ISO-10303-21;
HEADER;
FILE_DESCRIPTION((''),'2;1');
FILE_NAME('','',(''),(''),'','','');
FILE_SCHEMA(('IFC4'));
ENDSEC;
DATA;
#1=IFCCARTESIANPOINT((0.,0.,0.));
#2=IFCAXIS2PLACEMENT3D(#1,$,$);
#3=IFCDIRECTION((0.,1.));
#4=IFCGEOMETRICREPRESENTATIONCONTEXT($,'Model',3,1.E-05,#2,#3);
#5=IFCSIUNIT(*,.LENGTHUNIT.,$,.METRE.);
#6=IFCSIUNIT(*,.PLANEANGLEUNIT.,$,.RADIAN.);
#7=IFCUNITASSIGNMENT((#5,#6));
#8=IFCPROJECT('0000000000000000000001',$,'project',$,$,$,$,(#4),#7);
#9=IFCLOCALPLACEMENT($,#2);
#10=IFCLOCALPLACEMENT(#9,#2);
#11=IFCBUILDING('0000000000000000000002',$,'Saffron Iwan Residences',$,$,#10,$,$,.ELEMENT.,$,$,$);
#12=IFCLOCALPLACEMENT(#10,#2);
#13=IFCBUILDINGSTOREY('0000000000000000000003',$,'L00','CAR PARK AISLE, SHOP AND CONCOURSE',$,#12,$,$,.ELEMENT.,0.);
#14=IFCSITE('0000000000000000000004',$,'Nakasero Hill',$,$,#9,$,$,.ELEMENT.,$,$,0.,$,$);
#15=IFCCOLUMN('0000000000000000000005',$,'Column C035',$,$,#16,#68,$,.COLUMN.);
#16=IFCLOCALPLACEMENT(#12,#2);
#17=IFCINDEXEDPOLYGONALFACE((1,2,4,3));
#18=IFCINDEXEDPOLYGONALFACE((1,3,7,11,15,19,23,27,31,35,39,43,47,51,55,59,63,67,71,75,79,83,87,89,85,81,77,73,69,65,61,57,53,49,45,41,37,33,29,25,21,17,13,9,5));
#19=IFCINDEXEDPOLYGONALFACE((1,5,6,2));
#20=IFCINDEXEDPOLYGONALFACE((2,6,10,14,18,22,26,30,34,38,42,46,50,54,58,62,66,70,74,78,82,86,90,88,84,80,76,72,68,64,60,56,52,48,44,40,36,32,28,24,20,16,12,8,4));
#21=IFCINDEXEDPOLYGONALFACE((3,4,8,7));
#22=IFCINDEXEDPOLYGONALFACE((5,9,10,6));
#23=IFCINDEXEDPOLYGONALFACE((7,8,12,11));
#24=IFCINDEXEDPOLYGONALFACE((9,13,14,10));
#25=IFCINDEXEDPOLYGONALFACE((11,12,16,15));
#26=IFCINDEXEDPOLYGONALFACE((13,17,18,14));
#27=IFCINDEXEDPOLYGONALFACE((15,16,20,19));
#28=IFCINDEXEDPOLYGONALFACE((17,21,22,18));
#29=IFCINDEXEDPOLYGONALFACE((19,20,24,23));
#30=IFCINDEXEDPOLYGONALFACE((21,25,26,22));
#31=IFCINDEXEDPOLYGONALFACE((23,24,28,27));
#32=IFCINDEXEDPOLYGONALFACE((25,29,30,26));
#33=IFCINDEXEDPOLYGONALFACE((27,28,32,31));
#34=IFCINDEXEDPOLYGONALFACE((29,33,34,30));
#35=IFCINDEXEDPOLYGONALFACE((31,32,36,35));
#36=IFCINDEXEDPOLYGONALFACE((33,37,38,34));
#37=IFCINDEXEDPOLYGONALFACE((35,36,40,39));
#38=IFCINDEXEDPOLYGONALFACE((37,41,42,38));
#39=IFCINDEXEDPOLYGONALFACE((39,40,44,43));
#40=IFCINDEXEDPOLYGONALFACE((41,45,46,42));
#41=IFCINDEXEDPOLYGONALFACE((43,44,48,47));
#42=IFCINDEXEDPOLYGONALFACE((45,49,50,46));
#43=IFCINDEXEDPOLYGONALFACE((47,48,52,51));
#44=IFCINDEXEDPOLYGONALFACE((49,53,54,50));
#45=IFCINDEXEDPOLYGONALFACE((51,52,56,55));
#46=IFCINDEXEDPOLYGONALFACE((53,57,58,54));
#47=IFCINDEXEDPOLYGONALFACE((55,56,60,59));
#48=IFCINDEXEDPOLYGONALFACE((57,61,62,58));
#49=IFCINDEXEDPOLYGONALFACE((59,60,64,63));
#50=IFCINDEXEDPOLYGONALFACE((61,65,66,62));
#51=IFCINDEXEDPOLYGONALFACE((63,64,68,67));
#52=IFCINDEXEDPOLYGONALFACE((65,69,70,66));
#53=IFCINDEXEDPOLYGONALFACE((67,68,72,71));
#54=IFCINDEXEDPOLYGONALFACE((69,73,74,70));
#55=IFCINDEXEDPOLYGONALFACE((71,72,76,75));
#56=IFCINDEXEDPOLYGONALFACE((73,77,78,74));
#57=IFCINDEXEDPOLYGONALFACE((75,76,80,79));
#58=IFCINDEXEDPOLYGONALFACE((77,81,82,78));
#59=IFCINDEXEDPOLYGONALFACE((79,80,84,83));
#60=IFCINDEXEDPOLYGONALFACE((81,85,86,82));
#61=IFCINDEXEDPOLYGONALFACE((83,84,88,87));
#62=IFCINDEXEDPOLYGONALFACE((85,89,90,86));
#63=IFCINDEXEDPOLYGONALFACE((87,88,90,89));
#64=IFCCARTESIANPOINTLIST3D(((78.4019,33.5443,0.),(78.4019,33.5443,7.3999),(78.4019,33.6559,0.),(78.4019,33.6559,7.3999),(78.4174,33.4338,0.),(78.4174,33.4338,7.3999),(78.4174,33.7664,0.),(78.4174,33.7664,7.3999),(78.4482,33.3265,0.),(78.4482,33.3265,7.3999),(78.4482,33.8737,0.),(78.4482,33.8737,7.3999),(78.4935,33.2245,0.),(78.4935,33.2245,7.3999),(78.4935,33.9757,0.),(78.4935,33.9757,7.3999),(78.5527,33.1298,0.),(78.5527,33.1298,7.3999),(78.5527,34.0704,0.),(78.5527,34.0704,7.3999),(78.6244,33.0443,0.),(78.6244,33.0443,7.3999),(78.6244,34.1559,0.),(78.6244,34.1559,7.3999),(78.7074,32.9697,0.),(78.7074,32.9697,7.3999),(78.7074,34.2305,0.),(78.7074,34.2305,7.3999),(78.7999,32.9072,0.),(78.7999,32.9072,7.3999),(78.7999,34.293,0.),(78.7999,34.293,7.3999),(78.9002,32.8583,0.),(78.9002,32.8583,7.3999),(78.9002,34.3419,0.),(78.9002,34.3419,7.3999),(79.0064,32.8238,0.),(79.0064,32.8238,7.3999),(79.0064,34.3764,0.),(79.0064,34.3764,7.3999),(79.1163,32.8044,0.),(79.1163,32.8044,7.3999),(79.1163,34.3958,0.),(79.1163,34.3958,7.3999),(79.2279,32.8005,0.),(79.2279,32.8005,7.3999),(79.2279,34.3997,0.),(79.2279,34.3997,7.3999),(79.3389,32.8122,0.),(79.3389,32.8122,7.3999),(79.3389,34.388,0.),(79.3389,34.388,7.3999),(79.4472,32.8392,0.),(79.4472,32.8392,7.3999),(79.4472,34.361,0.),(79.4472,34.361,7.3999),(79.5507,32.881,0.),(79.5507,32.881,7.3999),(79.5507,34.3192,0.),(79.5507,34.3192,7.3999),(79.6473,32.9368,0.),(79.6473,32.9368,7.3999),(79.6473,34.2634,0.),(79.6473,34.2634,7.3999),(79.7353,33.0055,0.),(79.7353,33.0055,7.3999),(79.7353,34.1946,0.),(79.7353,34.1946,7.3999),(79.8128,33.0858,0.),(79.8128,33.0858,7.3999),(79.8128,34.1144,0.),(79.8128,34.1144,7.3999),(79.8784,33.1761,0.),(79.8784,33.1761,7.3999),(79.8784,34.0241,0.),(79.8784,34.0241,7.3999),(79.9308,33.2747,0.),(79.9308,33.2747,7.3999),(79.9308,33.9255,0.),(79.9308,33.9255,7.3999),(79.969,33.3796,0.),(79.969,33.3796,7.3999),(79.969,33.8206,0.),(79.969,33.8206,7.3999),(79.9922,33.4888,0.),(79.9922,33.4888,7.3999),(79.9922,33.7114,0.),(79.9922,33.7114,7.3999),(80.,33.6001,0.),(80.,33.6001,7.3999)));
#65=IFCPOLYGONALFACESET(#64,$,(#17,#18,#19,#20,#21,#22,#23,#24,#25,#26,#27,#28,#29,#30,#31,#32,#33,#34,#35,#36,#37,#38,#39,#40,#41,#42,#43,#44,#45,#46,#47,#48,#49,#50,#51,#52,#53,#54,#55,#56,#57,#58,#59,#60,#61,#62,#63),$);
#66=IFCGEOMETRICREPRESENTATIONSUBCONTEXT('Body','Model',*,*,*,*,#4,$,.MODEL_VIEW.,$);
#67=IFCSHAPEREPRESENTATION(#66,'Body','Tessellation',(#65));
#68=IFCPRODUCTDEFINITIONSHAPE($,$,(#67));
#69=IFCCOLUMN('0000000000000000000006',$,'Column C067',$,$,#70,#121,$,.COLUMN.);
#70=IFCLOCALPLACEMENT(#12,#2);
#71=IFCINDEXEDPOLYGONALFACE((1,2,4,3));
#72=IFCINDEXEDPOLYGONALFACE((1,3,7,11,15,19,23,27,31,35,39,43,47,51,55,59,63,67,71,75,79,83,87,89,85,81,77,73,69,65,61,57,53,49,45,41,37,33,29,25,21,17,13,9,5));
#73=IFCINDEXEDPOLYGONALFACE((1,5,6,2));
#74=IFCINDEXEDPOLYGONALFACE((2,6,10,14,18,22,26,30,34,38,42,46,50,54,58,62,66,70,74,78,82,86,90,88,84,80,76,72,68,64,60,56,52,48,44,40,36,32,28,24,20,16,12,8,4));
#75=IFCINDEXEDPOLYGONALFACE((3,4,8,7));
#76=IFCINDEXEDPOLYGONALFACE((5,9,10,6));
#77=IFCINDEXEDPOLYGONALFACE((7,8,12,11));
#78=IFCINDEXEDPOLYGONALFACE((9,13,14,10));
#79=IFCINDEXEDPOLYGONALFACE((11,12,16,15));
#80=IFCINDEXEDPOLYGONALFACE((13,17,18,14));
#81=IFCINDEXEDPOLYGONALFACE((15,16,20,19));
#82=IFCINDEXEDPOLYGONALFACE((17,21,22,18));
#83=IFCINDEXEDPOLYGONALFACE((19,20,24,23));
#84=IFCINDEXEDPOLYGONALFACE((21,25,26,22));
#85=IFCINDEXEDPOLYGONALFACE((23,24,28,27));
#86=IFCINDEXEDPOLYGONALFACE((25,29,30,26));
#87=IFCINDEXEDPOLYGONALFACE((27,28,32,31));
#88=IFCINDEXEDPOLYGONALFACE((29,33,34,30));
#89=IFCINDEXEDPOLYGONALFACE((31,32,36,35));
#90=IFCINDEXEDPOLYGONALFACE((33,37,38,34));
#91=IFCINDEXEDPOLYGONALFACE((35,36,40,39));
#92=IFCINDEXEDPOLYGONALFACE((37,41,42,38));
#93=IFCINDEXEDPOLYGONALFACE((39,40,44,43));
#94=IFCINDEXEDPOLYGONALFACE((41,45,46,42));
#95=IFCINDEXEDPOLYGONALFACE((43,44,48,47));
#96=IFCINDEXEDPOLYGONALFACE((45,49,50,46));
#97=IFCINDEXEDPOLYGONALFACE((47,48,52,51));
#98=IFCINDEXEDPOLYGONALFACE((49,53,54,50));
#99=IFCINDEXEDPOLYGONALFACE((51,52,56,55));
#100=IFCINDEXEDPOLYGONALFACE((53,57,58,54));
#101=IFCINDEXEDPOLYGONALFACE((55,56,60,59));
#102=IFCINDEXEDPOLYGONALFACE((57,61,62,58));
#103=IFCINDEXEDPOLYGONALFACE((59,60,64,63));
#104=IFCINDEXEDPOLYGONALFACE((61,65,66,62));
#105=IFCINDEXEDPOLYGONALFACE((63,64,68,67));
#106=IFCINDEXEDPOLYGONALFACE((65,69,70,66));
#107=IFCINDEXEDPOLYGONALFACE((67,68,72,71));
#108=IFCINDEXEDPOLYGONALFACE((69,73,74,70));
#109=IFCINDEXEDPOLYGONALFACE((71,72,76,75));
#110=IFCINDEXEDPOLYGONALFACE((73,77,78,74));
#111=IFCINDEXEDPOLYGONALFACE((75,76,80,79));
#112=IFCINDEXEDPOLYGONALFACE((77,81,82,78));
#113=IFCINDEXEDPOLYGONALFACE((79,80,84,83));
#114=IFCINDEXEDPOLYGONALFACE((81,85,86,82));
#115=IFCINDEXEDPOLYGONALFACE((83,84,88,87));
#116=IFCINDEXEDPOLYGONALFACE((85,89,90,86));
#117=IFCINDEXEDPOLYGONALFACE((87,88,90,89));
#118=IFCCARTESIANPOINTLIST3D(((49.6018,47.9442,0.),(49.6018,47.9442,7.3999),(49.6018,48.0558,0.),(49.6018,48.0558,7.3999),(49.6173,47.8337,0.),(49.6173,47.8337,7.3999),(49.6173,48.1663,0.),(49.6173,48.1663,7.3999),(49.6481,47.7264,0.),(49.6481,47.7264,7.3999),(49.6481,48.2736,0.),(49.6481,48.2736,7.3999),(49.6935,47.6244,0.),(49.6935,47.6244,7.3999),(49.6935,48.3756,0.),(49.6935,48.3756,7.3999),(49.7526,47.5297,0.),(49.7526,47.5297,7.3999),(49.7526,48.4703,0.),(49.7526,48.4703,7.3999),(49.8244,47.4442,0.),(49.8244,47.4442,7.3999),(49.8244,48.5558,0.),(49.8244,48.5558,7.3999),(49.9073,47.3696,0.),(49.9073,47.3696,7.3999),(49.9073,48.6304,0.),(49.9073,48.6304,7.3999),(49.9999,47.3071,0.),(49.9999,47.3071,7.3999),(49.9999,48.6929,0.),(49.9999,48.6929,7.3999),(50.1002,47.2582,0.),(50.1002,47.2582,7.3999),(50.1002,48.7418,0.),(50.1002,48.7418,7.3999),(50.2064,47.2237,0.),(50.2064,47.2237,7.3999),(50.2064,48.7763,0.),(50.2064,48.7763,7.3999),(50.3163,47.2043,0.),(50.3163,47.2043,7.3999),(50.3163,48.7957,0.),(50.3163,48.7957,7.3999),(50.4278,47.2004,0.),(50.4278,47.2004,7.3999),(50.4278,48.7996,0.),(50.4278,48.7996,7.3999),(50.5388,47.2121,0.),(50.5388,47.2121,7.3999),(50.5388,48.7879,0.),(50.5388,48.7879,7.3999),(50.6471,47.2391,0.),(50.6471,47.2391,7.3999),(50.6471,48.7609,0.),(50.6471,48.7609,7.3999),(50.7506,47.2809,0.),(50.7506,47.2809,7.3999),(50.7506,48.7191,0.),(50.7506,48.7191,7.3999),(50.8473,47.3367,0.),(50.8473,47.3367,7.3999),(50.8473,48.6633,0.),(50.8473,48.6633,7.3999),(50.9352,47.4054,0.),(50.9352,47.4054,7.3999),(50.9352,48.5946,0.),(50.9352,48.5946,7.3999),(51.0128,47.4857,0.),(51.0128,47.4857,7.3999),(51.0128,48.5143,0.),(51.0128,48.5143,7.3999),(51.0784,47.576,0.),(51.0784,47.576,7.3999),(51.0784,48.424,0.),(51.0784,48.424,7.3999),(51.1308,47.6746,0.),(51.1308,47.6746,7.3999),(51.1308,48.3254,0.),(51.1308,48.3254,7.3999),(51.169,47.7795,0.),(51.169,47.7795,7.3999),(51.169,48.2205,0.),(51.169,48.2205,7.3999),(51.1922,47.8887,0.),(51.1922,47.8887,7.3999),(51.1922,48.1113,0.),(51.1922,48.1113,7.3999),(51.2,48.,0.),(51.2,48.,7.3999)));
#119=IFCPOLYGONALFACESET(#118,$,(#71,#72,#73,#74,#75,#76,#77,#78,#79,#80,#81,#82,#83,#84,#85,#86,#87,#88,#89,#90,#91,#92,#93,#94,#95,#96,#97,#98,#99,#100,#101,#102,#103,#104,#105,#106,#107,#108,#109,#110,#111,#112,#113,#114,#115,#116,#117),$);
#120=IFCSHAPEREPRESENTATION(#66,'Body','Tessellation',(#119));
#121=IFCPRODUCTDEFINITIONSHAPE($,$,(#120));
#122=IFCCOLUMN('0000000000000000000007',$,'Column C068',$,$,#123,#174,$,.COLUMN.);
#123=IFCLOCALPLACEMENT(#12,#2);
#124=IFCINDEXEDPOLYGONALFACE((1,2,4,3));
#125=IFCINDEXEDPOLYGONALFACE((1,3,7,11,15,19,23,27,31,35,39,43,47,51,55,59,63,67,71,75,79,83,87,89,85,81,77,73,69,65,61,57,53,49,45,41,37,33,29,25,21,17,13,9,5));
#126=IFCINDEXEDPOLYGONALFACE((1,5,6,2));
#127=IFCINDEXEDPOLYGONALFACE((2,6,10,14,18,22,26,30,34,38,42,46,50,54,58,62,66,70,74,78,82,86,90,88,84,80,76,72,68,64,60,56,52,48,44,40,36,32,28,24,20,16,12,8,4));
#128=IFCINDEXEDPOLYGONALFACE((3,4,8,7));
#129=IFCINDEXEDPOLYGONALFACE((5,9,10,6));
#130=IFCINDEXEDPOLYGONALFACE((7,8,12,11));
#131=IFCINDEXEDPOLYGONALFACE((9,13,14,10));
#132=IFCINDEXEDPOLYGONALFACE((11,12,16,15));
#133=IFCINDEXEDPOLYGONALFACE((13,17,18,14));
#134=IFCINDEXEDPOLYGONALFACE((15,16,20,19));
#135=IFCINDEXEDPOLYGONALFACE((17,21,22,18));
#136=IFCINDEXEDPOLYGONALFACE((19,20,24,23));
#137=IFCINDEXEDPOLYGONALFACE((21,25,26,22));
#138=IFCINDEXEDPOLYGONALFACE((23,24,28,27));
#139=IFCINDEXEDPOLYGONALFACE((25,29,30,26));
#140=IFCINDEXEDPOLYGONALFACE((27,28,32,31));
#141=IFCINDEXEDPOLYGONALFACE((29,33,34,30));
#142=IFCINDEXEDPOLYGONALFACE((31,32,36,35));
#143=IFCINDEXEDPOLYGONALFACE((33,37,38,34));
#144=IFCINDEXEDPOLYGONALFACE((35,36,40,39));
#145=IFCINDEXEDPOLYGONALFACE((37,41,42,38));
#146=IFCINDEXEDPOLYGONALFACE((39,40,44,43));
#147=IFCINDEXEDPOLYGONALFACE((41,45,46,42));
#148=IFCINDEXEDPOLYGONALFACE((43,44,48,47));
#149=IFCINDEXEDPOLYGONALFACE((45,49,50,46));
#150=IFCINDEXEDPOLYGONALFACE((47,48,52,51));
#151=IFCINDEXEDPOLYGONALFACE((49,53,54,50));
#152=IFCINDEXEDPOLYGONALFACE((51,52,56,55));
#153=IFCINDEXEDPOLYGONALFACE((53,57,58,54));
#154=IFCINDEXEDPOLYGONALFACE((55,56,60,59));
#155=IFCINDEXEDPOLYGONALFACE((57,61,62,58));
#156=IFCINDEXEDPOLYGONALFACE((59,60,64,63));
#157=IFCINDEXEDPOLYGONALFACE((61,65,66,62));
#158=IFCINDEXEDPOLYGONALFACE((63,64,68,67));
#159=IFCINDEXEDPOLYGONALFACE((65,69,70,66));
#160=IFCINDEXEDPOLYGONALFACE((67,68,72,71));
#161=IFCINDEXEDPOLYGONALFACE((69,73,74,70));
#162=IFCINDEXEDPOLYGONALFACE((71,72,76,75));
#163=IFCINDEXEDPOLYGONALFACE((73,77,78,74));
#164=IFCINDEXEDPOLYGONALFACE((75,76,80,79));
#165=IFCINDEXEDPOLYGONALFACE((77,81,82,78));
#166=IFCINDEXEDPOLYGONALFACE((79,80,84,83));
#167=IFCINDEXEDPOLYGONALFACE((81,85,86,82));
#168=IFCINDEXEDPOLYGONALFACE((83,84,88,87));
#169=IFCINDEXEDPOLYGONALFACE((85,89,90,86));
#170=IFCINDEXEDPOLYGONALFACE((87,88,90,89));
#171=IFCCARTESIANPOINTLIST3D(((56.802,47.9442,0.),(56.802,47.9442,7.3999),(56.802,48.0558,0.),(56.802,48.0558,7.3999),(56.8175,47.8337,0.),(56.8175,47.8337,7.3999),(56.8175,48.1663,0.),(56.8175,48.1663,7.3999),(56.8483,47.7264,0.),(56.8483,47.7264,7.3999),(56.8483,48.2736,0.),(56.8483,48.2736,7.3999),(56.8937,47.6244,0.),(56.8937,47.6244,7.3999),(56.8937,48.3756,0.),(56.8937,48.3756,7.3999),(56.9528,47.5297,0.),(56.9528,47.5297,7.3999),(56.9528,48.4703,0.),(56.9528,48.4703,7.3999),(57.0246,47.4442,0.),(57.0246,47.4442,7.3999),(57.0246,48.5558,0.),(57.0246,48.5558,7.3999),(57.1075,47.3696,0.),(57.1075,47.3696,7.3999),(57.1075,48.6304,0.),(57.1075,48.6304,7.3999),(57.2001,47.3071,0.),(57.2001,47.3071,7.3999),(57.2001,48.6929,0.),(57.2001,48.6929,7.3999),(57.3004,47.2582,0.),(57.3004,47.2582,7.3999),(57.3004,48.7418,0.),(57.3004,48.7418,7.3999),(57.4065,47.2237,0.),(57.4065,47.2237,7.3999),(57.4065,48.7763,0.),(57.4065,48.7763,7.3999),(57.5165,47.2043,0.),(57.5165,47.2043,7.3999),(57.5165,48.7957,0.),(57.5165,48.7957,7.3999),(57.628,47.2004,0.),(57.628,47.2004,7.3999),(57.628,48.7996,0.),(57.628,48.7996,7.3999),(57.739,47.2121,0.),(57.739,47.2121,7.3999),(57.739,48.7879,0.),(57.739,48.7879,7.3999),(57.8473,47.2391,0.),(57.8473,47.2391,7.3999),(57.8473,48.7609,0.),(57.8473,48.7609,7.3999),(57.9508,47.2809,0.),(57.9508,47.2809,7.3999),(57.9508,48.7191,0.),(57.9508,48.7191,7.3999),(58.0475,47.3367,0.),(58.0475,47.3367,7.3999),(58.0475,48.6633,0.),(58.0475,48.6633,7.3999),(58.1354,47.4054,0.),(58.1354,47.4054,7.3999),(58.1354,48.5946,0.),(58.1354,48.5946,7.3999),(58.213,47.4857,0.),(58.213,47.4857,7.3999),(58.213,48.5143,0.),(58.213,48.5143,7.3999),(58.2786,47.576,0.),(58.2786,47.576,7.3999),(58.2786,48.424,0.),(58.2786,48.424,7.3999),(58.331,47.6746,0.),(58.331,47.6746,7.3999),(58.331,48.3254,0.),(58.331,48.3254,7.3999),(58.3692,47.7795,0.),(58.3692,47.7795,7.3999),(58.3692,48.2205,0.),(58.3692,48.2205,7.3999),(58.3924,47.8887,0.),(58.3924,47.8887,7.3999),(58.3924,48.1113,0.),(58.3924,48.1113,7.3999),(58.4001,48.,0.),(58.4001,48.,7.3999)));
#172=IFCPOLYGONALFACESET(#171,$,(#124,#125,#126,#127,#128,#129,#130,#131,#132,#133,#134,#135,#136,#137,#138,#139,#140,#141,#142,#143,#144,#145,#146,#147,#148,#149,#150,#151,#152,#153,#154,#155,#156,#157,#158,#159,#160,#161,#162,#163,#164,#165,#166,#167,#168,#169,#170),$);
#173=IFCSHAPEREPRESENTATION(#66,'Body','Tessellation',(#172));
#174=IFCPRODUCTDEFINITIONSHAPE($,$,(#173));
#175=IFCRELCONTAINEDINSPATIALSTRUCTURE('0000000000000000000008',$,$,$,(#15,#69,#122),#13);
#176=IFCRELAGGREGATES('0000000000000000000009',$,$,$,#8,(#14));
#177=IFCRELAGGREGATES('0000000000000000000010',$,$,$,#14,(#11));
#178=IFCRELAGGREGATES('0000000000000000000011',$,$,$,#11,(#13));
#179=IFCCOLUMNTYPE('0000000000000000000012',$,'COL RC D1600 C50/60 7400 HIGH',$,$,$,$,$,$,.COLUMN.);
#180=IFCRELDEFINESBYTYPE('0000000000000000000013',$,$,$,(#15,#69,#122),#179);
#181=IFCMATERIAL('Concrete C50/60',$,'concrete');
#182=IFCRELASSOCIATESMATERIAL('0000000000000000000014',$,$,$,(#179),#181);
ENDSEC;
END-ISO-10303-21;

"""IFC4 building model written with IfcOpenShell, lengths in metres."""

from ifc_helpers import new_model, si_unit, direction, frame, origin, origin_2d, place, context, subcontext, project, spatial, circle, extrude, source, transform, mapped, material, material_profile, profile_set, type_object, element, save


model = new_model("IFC4")

# Units and contexts
model_context = context("Model", 3, precision=1e-05, world=origin(), true_north=direction((0.0, 1.0)))
body_context = subcontext(model_context, "Body", "Model", "MODEL_VIEW")
ifc_project = project(units=[si_unit("LENGTHUNIT", "METRE"), si_unit("PLANEANGLEUNIT", "RADIAN")], contexts=[model_context])

# Site, building, storey
site_placement = place(None, origin())
site = spatial("IfcSite", under=ifc_project, at=site_placement, Name="Nakasero Hill", CompositionType="ELEMENT", RefElevation=0.0)
building_placement = place(site_placement, origin())
building = spatial("IfcBuilding", under=site, at=building_placement, Name="Saffron Iwan Residences", CompositionType="ELEMENT")
storey_placement = place(building_placement, origin())
storey = spatial("IfcBuildingStorey", under=building, at=storey_placement, Name="L00", Description="CAR PARK AISLE, SHOP AND CONCOURSE", CompositionType="ELEMENT", Elevation=0.0)

# Columns
ifc_material_1 = material(Name="Concrete C50/60", Category="concrete")
ifc_material_profile_1 = material_profile(ifc_material_1, circle(Radius=0.8, at=origin_2d()), Name="RC D1600")
ifc_profile_set_1 = profile_set([ifc_material_profile_1], Name="Concrete C50/60")
column_type = type_object("IfcColumnType", Name="COL RC D1600 C50/60 7400 HIGH", PredefinedType="COLUMN", material=ifc_profile_set_1)
shared_shape_1 = source(origin(), body_context, "Body", "SweptSolid", [
    extrude(circle(Radius=0.8, at=origin_2d()), origin(), (0.0, 0.0, 1.0), 7.3999),
])
for number, where, z_axis, x_axis, name in (
    (1, (79.2, 33.6001, 0.0), (0.0, 0.0, 1.0), (1.0, 0.0, 0.0), "Column C035"),
    (2, (50.3999, 48.0, 0.0), (0.0, 0.0, 1.0), (1.0, 0.0, 0.0), "Column C067"),
    (3, (57.6001, 48.0, 0.0), (0.0, 0.0, 1.0), (1.0, 0.0, 0.0), "Column C068"),
):
    element("IfcColumn", number, at=place(storey_placement, frame(where, z_axis=z_axis, x_axis=x_axis)), inside=storey, type_object=column_type, Name=name, PredefinedType="COLUMN", context=body_context, shape_type="MappedRepresentation", body=[
        mapped(shared_shape_1, transform((0.0, 0.0, 0.0))),
    ])

save(model, "model.ifc")
